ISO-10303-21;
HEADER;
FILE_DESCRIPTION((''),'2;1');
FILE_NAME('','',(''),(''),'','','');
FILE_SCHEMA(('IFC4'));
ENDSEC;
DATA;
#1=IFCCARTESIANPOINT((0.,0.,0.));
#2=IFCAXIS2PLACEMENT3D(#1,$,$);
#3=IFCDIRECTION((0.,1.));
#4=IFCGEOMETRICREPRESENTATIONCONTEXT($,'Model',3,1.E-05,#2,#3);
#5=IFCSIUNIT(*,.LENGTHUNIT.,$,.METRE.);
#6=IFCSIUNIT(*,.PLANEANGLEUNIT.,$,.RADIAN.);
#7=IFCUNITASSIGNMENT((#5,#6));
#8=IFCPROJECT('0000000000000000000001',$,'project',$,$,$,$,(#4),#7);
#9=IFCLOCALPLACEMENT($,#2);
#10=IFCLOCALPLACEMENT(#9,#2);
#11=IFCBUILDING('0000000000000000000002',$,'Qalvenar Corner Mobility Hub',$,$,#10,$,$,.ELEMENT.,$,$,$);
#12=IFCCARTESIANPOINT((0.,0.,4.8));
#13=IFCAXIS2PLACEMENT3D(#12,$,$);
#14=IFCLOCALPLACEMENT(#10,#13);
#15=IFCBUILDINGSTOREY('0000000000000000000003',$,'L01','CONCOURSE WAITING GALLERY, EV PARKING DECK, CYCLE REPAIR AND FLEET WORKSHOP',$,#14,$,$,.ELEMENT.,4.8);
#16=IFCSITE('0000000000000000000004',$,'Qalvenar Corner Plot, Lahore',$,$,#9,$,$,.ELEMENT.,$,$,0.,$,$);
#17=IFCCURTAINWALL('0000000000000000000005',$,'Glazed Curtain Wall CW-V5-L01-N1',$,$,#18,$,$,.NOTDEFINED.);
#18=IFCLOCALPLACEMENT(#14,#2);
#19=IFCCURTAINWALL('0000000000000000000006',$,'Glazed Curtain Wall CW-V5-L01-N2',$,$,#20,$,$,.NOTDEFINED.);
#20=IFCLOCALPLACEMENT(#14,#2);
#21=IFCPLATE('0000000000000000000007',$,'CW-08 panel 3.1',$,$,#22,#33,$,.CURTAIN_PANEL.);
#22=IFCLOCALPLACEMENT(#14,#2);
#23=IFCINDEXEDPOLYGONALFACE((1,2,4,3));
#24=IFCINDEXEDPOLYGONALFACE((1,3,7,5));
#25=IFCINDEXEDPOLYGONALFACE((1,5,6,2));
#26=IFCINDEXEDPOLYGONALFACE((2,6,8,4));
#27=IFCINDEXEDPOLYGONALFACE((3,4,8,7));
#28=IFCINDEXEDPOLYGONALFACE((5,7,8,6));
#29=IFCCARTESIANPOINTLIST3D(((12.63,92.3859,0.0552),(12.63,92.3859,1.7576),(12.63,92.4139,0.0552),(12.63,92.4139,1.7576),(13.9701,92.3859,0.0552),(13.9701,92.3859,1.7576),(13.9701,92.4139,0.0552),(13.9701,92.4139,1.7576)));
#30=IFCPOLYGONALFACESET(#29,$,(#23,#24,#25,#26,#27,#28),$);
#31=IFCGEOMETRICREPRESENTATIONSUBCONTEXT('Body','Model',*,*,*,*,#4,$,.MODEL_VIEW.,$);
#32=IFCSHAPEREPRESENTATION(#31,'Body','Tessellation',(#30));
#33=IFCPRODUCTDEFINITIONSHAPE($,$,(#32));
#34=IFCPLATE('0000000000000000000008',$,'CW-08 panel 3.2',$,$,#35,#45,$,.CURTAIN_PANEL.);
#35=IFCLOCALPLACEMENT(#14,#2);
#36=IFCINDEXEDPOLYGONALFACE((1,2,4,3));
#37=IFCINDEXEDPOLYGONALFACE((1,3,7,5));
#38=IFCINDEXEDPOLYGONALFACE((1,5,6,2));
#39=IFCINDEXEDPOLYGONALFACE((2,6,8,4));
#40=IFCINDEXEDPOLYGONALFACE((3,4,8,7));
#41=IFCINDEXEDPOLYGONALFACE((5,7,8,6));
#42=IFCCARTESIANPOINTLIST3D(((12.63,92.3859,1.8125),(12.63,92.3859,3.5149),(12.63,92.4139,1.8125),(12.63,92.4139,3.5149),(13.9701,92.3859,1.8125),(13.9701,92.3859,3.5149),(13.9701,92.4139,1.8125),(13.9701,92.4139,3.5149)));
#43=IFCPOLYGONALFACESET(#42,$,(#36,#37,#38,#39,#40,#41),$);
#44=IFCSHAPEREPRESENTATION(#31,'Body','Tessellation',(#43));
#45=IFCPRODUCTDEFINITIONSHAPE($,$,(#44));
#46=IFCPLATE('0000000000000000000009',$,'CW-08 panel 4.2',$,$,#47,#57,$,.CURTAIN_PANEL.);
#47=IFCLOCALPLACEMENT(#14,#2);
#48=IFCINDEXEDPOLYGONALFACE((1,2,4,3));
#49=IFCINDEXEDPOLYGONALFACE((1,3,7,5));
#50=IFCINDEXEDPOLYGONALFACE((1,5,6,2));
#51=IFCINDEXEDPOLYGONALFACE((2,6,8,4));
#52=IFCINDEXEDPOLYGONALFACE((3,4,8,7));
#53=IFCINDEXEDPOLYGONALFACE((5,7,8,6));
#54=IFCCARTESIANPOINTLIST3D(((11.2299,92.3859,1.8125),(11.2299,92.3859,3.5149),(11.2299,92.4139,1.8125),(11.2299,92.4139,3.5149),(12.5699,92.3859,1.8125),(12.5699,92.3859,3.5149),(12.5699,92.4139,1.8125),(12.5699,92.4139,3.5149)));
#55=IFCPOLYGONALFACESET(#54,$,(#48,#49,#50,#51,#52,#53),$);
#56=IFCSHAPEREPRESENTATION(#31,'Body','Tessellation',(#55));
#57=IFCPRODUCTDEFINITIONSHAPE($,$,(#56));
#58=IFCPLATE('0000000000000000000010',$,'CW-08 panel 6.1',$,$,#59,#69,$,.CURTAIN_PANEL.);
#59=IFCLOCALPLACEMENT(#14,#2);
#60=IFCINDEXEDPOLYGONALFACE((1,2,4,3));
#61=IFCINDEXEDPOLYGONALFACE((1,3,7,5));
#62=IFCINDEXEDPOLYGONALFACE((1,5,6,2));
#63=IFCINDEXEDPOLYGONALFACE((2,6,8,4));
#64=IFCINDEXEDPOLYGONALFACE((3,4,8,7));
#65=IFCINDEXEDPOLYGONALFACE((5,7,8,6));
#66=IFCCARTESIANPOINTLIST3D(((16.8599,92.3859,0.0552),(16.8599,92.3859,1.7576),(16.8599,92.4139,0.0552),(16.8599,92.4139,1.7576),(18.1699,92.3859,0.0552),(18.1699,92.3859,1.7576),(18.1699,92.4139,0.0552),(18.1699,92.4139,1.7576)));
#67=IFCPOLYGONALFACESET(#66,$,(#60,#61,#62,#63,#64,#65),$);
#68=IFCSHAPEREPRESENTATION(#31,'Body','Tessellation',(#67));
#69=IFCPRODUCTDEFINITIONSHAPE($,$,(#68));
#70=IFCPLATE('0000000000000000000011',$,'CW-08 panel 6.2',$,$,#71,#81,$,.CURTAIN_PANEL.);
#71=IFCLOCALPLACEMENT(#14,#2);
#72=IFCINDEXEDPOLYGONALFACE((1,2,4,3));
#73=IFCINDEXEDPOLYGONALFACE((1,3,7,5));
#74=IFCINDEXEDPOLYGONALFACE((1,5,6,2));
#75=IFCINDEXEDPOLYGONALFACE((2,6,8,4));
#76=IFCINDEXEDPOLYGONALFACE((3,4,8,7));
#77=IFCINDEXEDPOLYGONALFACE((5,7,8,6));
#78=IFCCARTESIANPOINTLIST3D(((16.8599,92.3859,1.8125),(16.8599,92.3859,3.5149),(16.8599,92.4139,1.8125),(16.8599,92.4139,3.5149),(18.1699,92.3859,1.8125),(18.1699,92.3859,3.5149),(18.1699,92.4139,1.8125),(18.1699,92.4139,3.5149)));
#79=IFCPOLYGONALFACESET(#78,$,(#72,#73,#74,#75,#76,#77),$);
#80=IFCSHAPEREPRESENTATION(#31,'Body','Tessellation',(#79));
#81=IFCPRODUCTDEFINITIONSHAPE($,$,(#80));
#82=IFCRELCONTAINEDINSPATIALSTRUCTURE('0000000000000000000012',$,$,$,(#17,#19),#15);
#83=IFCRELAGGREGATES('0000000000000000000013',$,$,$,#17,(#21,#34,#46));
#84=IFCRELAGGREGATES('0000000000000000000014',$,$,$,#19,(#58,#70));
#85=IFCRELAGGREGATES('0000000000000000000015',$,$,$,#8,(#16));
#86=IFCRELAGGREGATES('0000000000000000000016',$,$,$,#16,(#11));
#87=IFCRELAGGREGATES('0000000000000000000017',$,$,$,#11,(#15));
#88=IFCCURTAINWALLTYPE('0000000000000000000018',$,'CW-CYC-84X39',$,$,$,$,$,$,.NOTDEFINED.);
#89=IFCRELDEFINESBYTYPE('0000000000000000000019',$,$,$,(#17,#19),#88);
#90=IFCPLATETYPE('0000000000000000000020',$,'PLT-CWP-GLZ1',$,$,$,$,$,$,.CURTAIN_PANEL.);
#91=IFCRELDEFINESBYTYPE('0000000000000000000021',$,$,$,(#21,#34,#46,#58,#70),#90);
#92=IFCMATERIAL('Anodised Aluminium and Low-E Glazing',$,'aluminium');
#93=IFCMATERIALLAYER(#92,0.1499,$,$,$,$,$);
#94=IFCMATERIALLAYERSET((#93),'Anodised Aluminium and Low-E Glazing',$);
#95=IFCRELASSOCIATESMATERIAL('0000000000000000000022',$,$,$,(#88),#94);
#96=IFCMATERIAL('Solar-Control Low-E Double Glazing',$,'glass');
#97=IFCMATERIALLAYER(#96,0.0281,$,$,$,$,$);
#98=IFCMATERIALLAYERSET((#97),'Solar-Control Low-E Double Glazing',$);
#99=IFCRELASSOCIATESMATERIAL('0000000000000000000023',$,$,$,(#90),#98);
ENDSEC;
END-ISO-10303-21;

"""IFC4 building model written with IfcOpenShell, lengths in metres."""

from ifc_helpers import new_model, si_unit, direction, frame, origin, origin_2d, place, context, subcontext, project, spatial, rectangle, extrude, material, layer, layer_set, type_object, element, aggregate, save


model = new_model("IFC4")

# Units and contexts
model_context = context("Model", 3, precision=1e-05, world=origin(), true_north=direction((0.0, 1.0)))
body_context = subcontext(model_context, "Body", "Model", "MODEL_VIEW")
ifc_project = project(units=[si_unit("LENGTHUNIT", "METRE"), si_unit("PLANEANGLEUNIT", "RADIAN")], contexts=[model_context])

# Site, building, storey
site_placement = place(None, origin())
site = spatial("IfcSite", under=ifc_project, at=site_placement, Name="Qalvenar Corner Plot, Lahore", CompositionType="ELEMENT", RefElevation=0.0)
building_placement = place(site_placement, origin())
building = spatial("IfcBuilding", under=site, at=building_placement, Name="Qalvenar Corner Mobility Hub", CompositionType="ELEMENT")
storey_placement = place(building_placement, frame((0.0, 0.0, 4.8)))
storey = spatial("IfcBuildingStorey", under=building, at=storey_placement, Name="L01", Description="CONCOURSE WAITING GALLERY, EV PARKING DECK, CYCLE REPAIR AND FLEET WORKSHOP", CompositionType="ELEMENT", Elevation=4.8)

# Curtain wall
ifc_material_1 = material(Name="Anodised Aluminium and Low-E Glazing", Category="aluminium")
ifc_layer_1 = layer(ifc_material_1, 0.1499)
ifc_layer_set_1 = layer_set([ifc_layer_1], Name="Anodised Aluminium and Low-E Glazing")
curtain_wall_type = type_object("IfcCurtainWallType", Name="CW-CYC-84X39", PredefinedType="NOTDEFINED", material=ifc_layer_set_1)
curtain_wall_1_placement = place(storey_placement, origin())
curtain_wall_1 = element("IfcCurtainWall", 1, at=curtain_wall_1_placement, inside=storey, type_object=curtain_wall_type, Name="Glazed Curtain Wall CW-V5-L01-N1", PredefinedType="NOTDEFINED")

# Curtain wall
curtain_wall_2_placement = place(storey_placement, origin())
curtain_wall_2 = element("IfcCurtainWall", 2, at=curtain_wall_2_placement, inside=storey, type_object=curtain_wall_type, Name="Glazed Curtain Wall CW-V5-L01-N2", PredefinedType="NOTDEFINED")

# Plates
ifc_material_2 = material(Name="Solar-Control Low-E Double Glazing", Category="glass")
ifc_layer_2 = layer(ifc_material_2, 0.0281)
ifc_layer_set_2 = layer_set([ifc_layer_2], Name="Solar-Control Low-E Double Glazing")
plate_type = type_object("IfcPlateType", Name="PLT-CWP-GLZ1", PredefinedType="CURTAIN_PANEL", material=ifc_layer_set_2)
plate_1_placement = place(storey_placement, frame((13.3, 92.3999, 0.0552), z_axis=(0.0, 0.0, 1.0), x_axis=(-1.0, 0.0, 0.0)))
plate_1 = element("IfcPlate", 3, at=plate_1_placement, type_object=plate_type, Name="CW-08 panel 3.1", PredefinedType="CURTAIN_PANEL", context=body_context, shape_type="SweptSolid", body=[
    extrude(rectangle(XDim=1.3401, YDim=0.0281, at=origin_2d()), origin(), (0.0, 0.0, 1.0), 1.7024),
])
plate_2_placement = place(storey_placement, frame((13.3, 92.3999, 1.8125), z_axis=(0.0, 0.0, 1.0), x_axis=(-1.0, 0.0, 0.0)))
plate_2 = element("IfcPlate", 4, at=plate_2_placement, type_object=plate_type, Name="CW-08 panel 3.2", PredefinedType="CURTAIN_PANEL", context=body_context, shape_type="SweptSolid", body=[
    extrude(rectangle(XDim=1.3401, YDim=0.0281, at=origin_2d()), origin(), (0.0, 0.0, 1.0), 1.7024),
])
plate_3_placement = place(storey_placement, frame((11.8999, 92.3999, 1.8125), z_axis=(0.0, 0.0, 1.0), x_axis=(-1.0, 0.0, 0.0)))
plate_3 = element("IfcPlate", 5, at=plate_3_placement, type_object=plate_type, Name="CW-08 panel 4.2", PredefinedType="CURTAIN_PANEL", context=body_context, shape_type="SweptSolid", body=[
    extrude(rectangle(XDim=1.3401, YDim=0.0281, at=origin_2d()), origin(), (0.0, 0.0, 1.0), 1.7024),
])
aggregate(curtain_wall_1, [plate_1, plate_2, plate_3])
plate_4_placement = place(storey_placement, frame((17.5149, 92.3999, 0.0552), z_axis=(0.0, 0.0, 1.0), x_axis=(-1.0, 0.0, 0.0)))
plate_4 = element("IfcPlate", 6, at=plate_4_placement, type_object=plate_type, Name="CW-08 panel 6.1", PredefinedType="CURTAIN_PANEL", context=body_context, shape_type="SweptSolid", body=[
    extrude(rectangle(XDim=1.3101, YDim=0.0281, at=origin_2d()), origin(), (0.0, 0.0, 1.0), 1.7024),
])
plate_5_placement = place(storey_placement, frame((17.5149, 92.3999, 1.8125), z_axis=(0.0, 0.0, 1.0), x_axis=(-1.0, 0.0, 0.0)))
plate_5 = element("IfcPlate", 7, at=plate_5_placement, type_object=plate_type, Name="CW-08 panel 6.2", PredefinedType="CURTAIN_PANEL", context=body_context, shape_type="SweptSolid", body=[
    extrude(rectangle(XDim=1.3101, YDim=0.0281, at=origin_2d()), origin(), (0.0, 0.0, 1.0), 1.7024),
])
aggregate(curtain_wall_2, [plate_4, plate_5])

save(model, "model.ifc")
